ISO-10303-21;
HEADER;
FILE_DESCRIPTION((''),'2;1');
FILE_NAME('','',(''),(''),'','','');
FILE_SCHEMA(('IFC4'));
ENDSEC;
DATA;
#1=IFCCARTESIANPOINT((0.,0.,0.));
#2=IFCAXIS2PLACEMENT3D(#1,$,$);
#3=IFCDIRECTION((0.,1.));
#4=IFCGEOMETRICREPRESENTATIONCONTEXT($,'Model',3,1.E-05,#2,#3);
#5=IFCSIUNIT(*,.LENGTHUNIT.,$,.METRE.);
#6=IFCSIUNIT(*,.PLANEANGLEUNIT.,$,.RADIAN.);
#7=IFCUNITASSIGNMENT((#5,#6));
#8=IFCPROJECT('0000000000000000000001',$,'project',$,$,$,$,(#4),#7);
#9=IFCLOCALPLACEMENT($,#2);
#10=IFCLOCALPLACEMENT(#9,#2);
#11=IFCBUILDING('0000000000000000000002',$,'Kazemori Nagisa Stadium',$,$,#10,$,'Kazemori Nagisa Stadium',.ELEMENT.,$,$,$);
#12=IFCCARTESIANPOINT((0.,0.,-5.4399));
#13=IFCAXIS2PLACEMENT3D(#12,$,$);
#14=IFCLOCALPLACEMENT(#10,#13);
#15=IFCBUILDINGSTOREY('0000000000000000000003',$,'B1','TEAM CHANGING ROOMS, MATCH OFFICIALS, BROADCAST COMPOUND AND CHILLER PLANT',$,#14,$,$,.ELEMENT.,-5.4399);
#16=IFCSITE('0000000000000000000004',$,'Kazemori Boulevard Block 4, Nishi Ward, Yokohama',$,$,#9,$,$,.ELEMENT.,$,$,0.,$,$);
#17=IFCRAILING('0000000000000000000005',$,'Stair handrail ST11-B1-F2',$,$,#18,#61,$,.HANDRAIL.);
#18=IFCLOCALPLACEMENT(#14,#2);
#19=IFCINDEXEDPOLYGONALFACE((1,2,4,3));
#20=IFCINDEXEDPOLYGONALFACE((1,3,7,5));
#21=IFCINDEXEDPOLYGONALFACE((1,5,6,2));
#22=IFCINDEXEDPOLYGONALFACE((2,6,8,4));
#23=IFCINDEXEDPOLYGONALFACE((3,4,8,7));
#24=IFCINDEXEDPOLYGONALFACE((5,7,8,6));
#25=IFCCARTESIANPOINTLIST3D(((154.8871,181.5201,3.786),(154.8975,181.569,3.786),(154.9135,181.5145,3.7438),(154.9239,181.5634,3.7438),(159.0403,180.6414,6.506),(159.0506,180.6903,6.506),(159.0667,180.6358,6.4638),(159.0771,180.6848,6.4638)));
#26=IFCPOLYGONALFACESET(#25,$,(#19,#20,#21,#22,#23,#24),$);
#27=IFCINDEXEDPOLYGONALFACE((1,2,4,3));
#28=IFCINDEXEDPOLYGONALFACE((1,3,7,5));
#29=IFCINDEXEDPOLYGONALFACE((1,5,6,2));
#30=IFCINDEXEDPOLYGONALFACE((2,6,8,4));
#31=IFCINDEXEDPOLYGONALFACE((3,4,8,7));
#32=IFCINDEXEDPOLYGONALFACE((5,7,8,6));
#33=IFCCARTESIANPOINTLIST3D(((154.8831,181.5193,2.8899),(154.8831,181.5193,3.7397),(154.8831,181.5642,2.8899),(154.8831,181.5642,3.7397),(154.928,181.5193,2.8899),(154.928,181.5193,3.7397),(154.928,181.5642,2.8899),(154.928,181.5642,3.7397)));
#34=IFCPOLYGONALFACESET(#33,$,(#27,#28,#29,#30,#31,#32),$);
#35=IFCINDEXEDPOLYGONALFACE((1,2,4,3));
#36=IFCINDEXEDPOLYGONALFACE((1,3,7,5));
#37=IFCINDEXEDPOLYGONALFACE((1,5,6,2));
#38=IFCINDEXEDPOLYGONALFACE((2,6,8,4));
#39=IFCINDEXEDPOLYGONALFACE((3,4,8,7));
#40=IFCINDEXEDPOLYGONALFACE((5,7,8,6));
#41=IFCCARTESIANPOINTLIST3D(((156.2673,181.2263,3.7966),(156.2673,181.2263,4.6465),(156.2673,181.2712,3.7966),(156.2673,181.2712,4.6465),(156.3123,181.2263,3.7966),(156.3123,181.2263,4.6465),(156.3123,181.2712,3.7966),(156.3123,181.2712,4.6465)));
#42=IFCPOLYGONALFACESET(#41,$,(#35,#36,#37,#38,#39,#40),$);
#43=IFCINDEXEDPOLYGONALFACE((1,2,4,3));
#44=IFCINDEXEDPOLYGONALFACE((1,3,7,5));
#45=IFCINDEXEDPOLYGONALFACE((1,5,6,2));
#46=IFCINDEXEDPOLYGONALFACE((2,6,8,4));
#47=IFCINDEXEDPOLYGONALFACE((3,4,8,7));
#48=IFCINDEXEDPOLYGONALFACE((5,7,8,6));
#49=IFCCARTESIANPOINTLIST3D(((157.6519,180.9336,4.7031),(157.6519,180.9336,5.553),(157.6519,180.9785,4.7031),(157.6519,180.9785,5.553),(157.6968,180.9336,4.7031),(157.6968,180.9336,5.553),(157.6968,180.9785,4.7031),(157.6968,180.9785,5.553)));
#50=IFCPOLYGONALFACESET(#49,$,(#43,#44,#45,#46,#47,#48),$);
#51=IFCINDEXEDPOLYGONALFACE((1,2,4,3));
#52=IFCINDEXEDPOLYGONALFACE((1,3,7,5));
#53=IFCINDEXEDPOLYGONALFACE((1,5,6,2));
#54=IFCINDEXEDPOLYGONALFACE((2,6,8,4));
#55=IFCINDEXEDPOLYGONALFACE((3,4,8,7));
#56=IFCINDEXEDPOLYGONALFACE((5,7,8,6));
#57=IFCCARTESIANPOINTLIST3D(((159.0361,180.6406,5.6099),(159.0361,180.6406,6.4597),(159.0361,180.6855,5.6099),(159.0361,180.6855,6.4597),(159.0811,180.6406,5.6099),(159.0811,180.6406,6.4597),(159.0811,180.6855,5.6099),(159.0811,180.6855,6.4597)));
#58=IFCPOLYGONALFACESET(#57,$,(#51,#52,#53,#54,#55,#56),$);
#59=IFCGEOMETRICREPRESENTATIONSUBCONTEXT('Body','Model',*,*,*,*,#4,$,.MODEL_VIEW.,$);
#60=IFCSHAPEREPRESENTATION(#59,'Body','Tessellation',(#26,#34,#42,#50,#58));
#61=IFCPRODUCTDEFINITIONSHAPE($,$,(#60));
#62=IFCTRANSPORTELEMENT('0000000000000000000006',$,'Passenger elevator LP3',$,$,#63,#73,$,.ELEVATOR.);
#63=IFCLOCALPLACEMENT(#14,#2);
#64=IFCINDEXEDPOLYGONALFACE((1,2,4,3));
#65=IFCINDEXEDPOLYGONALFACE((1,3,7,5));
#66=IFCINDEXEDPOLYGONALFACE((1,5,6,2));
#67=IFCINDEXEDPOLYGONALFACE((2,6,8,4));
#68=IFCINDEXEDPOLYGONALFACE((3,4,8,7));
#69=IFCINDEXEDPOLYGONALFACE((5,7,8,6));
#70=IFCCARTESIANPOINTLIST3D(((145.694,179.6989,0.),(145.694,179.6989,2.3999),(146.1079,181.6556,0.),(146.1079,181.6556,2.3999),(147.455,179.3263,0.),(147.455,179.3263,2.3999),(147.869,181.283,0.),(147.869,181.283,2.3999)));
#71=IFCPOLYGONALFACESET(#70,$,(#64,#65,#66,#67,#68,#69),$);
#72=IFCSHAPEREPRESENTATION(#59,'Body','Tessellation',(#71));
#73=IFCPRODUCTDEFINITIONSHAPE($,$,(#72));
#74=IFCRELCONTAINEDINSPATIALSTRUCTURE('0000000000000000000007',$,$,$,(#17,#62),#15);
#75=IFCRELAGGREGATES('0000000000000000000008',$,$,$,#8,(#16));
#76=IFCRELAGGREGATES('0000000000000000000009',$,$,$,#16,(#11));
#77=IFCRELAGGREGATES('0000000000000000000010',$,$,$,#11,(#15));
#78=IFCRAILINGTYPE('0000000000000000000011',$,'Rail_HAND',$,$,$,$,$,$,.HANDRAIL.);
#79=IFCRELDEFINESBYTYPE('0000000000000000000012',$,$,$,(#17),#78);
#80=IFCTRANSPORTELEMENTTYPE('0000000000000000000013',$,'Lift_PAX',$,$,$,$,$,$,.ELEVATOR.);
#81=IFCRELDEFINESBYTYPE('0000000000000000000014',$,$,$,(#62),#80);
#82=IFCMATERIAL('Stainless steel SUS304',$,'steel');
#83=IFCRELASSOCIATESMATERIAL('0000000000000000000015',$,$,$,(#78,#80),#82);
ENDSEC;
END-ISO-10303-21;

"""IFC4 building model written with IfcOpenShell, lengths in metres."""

from ifc_helpers import new_model, si_unit, direction, frame, origin, origin_2d, place, context, subcontext, project, spatial, rectangle, extrude, material, type_object, element, save


model = new_model("IFC4")

# Units and contexts
model_context = context("Model", 3, precision=1e-05, world=origin(), true_north=direction((0.0, 1.0)))
body_context = subcontext(model_context, "Body", "Model", "MODEL_VIEW")
ifc_project = project(units=[si_unit("LENGTHUNIT", "METRE"), si_unit("PLANEANGLEUNIT", "RADIAN")], contexts=[model_context])

# Site, building, storey
site_placement = place(None, origin())
site = spatial("IfcSite", under=ifc_project, at=site_placement, Name="Kazemori Boulevard Block 4, Nishi Ward, Yokohama", CompositionType="ELEMENT", RefElevation=0.0)
building_placement = place(site_placement, origin())
building = spatial("IfcBuilding", under=site, at=building_placement, Name="Kazemori Nagisa Stadium", LongName="Kazemori Nagisa Stadium", CompositionType="ELEMENT")
storey_placement = place(building_placement, frame((0.0, 0.0, -5.4399)))
storey = spatial("IfcBuildingStorey", under=building, at=storey_placement, Name="B1", Description="TEAM CHANGING ROOMS, MATCH OFFICIALS, BROADCAST COMPOUND AND CHILLER PLANT", CompositionType="ELEMENT", Elevation=-5.4399)

# Shared definitions
ifc_material_1 = material(Name="Stainless steel SUS304", Category="steel")

# Railing
railing_type_1 = type_object("IfcRailingType", Name="Rail_HAND", PredefinedType="HANDRAIL", material=ifc_material_1)
railing_1_placement = place(storey_placement, frame((154.9055, 181.5417, 2.8899)))
element("IfcRailing", 1, at=railing_1_placement, inside=storey, type_object=railing_type_1, Name="Stair handrail ST11-B1-F2", PredefinedType="HANDRAIL", context=body_context, shape_type="SweptSolid", body=[
    extrude(rectangle(XDim=0.05, YDim=0.05, at=origin_2d()), frame((0.0, 0.0, 0.875), z_axis=(0.823752, -0.17428, 0.539499), x_axis=(0.206987, 0.978344, 0.0)), (0.0, 0.0, 1.0), 5.0417),
    extrude(rectangle(XDim=0.0449, YDim=0.0449, at=origin_2d()), origin(), (0.0, 0.0, 1.0), 0.8499),
    extrude(rectangle(XDim=0.0449, YDim=0.0449, at=origin_2d()), frame((1.3843, -0.293, 0.9067)), (0.0, 0.0, 1.0), 0.8499),
    extrude(rectangle(XDim=0.0449, YDim=0.0449, at=origin_2d()), frame((2.7688, -0.5857, 1.8132)), (0.0, 0.0, 1.0), 0.8499),
    extrude(rectangle(XDim=0.0449, YDim=0.0449, at=origin_2d()), frame((4.1531, -0.8787, 2.72)), (0.0, 0.0, 1.0), 0.8499),
])

# Transport element
transport_element_type = type_object("IfcTransportElementType", Name="Lift_PAX", PredefinedType="ELEVATOR", material=ifc_material_1)
transport_element_placement = place(storey_placement, frame((146.7815, 180.491, 0.0), z_axis=(0.0, 0.0, 1.0), x_axis=(-0.978345, 0.206981, 0.0)))
element("IfcTransportElement", 2, at=transport_element_placement, inside=storey, type_object=transport_element_type, Name="Passenger elevator LP3", PredefinedType="ELEVATOR", context=body_context, shape_type="SweptSolid", body=[
    extrude(rectangle(XDim=1.8, YDim=2.0, at=origin_2d()), origin(), (0.0, 0.0, 1.0), 2.3999),
])

save(model, "model.ifc")
